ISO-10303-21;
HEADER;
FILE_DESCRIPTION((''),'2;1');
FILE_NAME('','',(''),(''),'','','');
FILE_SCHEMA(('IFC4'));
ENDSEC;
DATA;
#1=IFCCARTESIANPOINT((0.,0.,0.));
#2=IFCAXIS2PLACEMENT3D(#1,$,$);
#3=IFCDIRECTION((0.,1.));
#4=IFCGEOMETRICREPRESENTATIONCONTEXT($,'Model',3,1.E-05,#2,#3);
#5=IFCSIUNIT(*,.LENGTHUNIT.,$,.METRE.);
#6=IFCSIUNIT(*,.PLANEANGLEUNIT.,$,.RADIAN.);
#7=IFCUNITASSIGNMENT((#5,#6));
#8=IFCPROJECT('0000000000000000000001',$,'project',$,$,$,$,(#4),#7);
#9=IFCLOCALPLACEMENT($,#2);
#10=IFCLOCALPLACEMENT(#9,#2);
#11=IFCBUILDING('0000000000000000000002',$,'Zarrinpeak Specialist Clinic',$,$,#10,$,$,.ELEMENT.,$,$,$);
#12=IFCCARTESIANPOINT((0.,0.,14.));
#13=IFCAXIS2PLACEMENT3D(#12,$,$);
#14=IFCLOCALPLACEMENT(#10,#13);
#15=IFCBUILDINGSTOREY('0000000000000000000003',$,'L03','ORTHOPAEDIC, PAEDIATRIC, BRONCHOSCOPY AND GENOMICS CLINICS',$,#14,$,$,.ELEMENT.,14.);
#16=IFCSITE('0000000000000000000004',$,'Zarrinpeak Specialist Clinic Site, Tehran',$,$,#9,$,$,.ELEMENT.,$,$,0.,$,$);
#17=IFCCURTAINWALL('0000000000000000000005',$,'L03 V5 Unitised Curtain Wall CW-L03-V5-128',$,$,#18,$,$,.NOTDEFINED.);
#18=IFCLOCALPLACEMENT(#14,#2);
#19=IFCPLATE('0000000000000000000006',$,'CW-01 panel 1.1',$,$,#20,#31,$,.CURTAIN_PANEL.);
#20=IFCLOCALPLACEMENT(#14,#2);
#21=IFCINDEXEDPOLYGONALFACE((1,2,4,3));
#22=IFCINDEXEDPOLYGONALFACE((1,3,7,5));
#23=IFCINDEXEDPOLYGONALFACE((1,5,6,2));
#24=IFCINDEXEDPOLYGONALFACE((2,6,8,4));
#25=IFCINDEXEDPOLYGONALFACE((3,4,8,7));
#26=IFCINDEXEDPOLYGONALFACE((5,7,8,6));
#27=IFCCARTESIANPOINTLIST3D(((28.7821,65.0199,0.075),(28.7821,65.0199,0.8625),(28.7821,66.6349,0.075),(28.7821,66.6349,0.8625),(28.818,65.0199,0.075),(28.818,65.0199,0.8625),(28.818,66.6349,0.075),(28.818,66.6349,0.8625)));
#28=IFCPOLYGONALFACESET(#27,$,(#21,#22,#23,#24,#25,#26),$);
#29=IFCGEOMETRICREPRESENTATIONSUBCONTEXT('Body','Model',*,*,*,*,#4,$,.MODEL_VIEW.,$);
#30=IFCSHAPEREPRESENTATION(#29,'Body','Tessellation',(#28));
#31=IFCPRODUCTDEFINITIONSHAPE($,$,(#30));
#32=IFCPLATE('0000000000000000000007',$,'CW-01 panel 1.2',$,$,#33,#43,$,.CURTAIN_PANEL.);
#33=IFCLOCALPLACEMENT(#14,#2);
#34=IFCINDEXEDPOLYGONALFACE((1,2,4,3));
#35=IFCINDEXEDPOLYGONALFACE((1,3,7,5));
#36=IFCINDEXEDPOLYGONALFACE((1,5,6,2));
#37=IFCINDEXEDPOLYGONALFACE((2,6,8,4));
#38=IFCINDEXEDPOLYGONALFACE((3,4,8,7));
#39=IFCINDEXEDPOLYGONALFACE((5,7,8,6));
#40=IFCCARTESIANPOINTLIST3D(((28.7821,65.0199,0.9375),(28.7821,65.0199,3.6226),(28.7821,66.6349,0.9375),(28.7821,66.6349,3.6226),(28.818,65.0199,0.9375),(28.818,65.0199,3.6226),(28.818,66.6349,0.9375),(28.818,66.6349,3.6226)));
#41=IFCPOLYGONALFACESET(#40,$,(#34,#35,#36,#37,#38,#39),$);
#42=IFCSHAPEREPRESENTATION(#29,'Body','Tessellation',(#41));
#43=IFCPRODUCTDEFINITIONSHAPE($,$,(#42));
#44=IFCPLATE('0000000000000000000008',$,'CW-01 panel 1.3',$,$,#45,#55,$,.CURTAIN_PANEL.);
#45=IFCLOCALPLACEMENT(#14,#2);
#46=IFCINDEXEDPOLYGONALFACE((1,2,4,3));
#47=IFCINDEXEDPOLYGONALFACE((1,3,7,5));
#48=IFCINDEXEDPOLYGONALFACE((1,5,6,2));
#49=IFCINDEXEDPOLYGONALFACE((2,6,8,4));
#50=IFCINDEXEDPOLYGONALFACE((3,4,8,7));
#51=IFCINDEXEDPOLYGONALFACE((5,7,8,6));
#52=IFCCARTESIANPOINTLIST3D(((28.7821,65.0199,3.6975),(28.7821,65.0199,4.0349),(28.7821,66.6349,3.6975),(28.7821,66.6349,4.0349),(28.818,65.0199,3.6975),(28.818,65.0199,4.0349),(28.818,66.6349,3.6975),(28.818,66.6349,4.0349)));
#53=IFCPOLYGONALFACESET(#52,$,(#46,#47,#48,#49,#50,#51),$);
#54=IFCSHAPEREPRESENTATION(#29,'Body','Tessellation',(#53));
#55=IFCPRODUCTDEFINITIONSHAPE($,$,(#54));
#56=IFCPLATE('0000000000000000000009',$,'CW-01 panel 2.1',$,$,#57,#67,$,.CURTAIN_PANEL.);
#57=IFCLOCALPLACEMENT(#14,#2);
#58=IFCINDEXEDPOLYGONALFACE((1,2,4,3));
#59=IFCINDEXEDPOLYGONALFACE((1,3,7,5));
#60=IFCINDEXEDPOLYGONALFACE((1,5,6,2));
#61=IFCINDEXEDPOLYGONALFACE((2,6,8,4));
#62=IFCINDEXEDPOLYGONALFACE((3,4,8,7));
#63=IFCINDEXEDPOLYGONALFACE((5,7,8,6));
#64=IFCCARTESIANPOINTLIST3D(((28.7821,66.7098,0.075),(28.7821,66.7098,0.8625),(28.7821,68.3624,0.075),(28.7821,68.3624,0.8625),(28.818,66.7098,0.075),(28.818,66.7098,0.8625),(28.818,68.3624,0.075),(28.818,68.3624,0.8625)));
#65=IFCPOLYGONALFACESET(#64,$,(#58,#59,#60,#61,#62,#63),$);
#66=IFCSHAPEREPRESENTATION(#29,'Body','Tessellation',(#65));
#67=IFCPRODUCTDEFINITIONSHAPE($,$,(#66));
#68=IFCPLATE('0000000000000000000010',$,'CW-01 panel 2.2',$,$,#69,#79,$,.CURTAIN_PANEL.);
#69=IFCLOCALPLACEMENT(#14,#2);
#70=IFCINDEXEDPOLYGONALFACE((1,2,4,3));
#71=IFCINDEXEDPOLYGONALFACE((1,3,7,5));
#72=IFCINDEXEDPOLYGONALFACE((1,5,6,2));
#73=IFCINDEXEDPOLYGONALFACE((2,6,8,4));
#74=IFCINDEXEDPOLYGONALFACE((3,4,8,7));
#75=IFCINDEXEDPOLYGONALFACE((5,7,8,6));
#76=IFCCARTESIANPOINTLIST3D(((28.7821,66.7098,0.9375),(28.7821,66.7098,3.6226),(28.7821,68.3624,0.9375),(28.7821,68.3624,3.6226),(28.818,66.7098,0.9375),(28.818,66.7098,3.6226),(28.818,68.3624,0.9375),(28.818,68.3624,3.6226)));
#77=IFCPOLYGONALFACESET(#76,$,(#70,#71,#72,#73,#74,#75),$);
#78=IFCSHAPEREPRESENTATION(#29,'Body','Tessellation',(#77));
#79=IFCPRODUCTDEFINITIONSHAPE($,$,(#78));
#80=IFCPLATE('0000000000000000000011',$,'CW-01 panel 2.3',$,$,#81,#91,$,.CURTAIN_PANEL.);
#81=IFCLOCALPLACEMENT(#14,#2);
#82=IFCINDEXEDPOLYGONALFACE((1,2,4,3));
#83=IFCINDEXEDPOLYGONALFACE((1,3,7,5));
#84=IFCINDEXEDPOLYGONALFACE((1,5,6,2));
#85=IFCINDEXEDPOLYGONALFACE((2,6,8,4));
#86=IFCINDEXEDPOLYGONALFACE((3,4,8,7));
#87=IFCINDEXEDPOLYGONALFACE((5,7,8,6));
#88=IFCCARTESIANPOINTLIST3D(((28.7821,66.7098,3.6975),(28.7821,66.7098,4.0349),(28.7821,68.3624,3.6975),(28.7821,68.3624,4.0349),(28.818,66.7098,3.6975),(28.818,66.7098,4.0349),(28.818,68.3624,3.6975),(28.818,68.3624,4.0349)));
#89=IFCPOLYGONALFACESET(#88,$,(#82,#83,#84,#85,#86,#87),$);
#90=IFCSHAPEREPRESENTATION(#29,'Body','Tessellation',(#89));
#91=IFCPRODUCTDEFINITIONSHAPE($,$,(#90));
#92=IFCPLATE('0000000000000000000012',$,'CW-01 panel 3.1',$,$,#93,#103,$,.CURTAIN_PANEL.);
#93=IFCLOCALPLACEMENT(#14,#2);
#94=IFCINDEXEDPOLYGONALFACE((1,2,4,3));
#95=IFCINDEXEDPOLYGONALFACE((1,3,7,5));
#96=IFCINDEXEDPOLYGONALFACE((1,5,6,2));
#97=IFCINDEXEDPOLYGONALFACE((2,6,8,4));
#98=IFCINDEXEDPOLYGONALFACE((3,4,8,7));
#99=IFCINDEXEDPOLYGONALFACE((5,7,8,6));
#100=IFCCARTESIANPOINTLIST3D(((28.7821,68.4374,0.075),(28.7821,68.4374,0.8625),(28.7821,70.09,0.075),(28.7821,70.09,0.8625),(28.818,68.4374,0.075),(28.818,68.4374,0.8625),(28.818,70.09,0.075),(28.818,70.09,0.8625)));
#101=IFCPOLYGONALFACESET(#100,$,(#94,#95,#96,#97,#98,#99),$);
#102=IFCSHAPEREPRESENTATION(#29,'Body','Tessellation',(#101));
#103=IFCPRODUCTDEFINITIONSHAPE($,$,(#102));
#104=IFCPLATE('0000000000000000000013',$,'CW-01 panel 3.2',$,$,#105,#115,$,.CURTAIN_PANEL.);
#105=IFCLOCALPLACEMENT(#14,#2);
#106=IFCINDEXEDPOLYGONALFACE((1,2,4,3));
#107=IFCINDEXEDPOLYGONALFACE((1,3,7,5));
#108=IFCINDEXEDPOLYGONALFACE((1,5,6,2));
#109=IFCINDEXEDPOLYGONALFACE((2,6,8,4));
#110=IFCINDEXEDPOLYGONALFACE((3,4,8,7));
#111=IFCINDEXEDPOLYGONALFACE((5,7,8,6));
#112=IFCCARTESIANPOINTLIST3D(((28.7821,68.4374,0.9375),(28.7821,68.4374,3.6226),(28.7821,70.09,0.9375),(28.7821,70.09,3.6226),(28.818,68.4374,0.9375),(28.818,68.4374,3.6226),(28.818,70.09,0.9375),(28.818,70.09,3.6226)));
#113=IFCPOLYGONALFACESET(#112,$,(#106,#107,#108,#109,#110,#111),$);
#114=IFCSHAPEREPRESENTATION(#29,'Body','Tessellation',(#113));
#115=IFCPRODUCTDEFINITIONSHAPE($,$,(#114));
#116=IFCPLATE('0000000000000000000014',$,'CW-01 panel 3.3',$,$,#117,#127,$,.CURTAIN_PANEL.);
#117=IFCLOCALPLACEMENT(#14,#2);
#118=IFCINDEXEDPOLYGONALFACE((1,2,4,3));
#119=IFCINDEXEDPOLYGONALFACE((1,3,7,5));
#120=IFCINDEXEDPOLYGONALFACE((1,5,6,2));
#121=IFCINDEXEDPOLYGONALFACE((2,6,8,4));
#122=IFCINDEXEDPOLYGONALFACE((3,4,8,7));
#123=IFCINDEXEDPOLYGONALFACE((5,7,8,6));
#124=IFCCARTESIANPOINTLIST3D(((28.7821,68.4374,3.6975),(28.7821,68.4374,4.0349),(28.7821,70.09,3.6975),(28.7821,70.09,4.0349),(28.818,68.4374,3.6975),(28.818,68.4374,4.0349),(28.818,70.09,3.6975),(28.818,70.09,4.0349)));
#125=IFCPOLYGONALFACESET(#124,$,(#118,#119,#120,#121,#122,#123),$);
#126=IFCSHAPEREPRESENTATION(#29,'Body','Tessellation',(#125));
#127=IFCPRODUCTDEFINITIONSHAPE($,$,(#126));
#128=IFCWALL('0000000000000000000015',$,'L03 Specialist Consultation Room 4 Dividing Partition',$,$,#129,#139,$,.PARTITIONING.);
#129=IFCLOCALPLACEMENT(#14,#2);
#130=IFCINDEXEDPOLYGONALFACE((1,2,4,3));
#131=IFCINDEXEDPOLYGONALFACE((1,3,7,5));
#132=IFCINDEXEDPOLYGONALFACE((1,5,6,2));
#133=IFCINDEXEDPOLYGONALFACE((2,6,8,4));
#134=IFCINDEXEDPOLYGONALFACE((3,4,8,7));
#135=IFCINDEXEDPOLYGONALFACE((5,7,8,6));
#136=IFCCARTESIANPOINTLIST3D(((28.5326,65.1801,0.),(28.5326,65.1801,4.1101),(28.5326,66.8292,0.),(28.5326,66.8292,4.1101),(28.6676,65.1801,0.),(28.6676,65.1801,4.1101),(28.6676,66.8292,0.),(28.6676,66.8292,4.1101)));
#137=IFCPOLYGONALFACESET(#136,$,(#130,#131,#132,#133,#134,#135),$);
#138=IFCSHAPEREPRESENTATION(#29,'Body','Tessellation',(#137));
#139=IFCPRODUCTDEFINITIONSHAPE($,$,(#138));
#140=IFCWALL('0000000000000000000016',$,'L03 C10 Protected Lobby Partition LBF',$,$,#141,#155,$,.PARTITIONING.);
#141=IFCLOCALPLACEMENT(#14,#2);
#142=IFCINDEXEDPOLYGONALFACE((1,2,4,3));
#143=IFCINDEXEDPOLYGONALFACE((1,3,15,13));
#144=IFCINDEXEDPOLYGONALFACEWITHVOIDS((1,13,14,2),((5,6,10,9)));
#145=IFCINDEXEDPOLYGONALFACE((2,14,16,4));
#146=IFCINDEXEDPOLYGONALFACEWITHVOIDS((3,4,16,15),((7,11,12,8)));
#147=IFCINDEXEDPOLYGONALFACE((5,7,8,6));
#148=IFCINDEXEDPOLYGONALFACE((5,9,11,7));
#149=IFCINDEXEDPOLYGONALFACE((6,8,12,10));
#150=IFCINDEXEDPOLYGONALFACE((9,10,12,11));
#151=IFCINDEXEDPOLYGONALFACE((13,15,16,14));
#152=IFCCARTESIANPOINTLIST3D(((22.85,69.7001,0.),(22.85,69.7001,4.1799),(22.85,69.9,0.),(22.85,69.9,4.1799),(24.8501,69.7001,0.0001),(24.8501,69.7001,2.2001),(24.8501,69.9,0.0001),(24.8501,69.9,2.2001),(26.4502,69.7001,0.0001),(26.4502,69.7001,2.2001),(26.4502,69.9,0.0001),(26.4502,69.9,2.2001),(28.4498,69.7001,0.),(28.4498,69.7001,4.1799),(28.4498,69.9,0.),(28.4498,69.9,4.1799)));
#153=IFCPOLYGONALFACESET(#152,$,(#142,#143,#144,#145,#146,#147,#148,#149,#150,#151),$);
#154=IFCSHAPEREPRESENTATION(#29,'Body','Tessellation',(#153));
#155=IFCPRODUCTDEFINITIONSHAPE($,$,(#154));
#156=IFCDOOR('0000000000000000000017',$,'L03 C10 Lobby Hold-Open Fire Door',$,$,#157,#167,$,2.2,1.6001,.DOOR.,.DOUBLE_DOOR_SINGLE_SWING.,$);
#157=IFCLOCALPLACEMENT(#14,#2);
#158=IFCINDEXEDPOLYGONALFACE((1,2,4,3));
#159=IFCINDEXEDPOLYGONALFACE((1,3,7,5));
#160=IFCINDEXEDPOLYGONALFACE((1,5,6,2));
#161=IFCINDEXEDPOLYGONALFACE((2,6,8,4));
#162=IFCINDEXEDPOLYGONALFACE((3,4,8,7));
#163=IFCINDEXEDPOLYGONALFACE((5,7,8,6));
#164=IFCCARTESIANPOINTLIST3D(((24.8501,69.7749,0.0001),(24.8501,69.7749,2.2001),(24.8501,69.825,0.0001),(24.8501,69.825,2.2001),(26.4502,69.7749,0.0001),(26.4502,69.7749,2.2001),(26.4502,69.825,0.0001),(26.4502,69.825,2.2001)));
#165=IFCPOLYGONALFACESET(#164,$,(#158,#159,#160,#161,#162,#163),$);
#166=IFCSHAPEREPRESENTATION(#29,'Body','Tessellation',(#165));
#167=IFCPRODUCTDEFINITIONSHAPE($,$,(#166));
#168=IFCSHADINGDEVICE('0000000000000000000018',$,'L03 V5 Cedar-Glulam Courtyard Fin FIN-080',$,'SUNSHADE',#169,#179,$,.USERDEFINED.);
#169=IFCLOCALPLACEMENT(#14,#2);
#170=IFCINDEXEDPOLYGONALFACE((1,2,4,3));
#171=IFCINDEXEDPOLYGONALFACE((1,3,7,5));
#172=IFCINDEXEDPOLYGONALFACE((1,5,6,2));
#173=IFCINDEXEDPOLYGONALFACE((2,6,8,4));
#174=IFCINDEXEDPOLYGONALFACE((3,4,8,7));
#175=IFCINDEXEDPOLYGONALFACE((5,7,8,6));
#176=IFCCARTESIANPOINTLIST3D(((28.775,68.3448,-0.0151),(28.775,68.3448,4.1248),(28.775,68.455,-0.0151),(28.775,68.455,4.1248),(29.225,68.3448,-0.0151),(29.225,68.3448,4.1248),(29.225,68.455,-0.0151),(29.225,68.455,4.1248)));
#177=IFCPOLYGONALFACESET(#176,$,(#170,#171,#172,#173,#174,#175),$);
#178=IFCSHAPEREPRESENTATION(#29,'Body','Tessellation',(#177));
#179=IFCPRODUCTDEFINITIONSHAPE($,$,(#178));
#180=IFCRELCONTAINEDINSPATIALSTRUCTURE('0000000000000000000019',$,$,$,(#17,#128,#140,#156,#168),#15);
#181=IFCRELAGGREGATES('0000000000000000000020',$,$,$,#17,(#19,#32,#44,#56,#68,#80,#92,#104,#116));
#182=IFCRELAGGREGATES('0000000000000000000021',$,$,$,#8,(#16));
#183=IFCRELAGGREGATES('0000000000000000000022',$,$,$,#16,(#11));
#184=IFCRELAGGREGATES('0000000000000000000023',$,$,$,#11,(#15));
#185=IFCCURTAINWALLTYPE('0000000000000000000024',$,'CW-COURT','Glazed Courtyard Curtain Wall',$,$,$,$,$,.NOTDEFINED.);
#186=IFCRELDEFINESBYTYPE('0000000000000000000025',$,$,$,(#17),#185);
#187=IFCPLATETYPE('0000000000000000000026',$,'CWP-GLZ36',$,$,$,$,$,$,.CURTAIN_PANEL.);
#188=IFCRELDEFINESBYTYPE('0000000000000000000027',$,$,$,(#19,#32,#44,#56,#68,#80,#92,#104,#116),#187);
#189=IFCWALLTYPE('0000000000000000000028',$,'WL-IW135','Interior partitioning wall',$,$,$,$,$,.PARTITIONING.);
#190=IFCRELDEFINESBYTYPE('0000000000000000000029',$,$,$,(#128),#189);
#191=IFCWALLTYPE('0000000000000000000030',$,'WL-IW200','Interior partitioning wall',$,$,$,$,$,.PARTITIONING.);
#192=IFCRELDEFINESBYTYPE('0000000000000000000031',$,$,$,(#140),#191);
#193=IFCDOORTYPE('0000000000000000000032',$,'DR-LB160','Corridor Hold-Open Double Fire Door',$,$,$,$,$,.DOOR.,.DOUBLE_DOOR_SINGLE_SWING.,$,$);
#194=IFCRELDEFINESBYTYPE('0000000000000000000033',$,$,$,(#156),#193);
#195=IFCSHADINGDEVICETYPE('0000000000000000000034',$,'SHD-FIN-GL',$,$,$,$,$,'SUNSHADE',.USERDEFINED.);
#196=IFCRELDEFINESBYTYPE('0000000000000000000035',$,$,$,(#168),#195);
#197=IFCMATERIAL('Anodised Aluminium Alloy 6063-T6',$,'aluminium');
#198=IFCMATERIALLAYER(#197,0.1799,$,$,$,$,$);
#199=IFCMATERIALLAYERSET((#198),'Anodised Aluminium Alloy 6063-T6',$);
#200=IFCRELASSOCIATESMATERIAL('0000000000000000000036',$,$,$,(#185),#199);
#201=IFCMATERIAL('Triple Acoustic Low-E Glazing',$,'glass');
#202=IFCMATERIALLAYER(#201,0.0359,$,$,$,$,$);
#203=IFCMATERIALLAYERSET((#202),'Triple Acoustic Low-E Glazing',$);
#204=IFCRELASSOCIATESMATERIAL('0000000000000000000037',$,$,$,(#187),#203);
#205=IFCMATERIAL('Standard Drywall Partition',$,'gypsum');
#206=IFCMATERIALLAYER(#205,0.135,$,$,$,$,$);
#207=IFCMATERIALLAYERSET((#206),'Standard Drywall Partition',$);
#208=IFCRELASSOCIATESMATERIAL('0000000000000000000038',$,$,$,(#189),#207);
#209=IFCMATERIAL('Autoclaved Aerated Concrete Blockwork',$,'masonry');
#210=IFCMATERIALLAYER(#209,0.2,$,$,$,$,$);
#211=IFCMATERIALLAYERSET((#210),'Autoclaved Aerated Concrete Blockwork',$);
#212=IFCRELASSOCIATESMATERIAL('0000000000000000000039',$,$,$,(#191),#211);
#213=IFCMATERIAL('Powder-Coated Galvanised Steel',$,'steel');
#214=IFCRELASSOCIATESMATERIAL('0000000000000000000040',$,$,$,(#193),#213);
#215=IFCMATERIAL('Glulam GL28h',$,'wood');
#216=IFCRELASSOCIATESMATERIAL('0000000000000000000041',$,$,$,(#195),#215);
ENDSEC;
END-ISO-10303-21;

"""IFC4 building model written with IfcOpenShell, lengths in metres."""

from ifc_helpers import new_model, si_unit, direction, frame, frame_2d, origin, origin_2d, place, context, subcontext, project, spatial, rectangle, extrude, material, layer, layer_set, type_object, element, fill, aggregate, save


model = new_model("IFC4")

# Units and contexts
model_context = context("Model", 3, precision=1e-05, world=origin(), true_north=direction((0.0, 1.0)))
body_context = subcontext(model_context, "Body", "Model", "MODEL_VIEW")
ifc_project = project(units=[si_unit("LENGTHUNIT", "METRE"), si_unit("PLANEANGLEUNIT", "RADIAN")], contexts=[model_context])

# Site, building, storey
site_placement = place(None, origin())
site = spatial("IfcSite", under=ifc_project, at=site_placement, Name="Zarrinpeak Specialist Clinic Site, Tehran", CompositionType="ELEMENT", RefElevation=0.0)
building_placement = place(site_placement, origin())
building = spatial("IfcBuilding", under=site, at=building_placement, Name="Zarrinpeak Specialist Clinic", CompositionType="ELEMENT")
storey_placement = place(building_placement, frame((0.0, 0.0, 14.0)))
storey = spatial("IfcBuildingStorey", under=building, at=storey_placement, Name="L03", Description="ORTHOPAEDIC, PAEDIATRIC, BRONCHOSCOPY AND GENOMICS CLINICS", CompositionType="ELEMENT", Elevation=14.0)

# Curtain wall, plates
ifc_material_1 = material(Name="Anodised Aluminium Alloy 6063-T6", Category="aluminium")
ifc_layer_1 = layer(ifc_material_1, 0.1799)
ifc_layer_set_1 = layer_set([ifc_layer_1], Name="Anodised Aluminium Alloy 6063-T6")
curtain_wall_type = type_object("IfcCurtainWallType", Name="CW-COURT", Description="Glazed Courtyard Curtain Wall", PredefinedType="NOTDEFINED", material=ifc_layer_set_1)
curtain_wall_placement = place(storey_placement, origin())
curtain_wall = element("IfcCurtainWall", 1, at=curtain_wall_placement, inside=storey, type_object=curtain_wall_type, Name="L03 V5 Unitised Curtain Wall CW-L03-V5-128", PredefinedType="NOTDEFINED")
ifc_material_2 = material(Name="Triple Acoustic Low-E Glazing", Category="glass")
ifc_layer_2 = layer(ifc_material_2, 0.0359)
ifc_layer_set_2 = layer_set([ifc_layer_2], Name="Triple Acoustic Low-E Glazing")
plate_type = type_object("IfcPlateType", Name="CWP-GLZ36", PredefinedType="CURTAIN_PANEL", material=ifc_layer_set_2)
plate_1_placement = place(storey_placement, frame((28.8, 65.8274, 0.075), z_axis=(0.0, 0.0, 1.0), x_axis=(0.0, 1.0, 0.0)))
plate_1 = element("IfcPlate", 2, at=plate_1_placement, type_object=plate_type, Name="CW-01 panel 1.1", PredefinedType="CURTAIN_PANEL", context=body_context, shape_type="SweptSolid", body=[
    extrude(rectangle(XDim=1.615, YDim=0.0359, at=origin_2d()), origin(), (0.0, 0.0, 1.0), 0.7876),
])
plate_2_placement = place(storey_placement, frame((28.8, 65.8274, 0.9375), z_axis=(0.0, 0.0, 1.0), x_axis=(0.0, 1.0, 0.0)))
plate_2 = element("IfcPlate", 3, at=plate_2_placement, type_object=plate_type, Name="CW-01 panel 1.2", PredefinedType="CURTAIN_PANEL", context=body_context, shape_type="SweptSolid", body=[
    extrude(rectangle(XDim=1.615, YDim=0.0359, at=origin_2d()), origin(), (0.0, 0.0, 1.0), 2.6851),
])
plate_3_placement = place(storey_placement, frame((28.8, 65.8274, 3.6975), z_axis=(0.0, 0.0, 1.0), x_axis=(0.0, 1.0, 0.0)))
plate_3 = element("IfcPlate", 4, at=plate_3_placement, type_object=plate_type, Name="CW-01 panel 1.3", PredefinedType="CURTAIN_PANEL", context=body_context, shape_type="SweptSolid", body=[
    extrude(rectangle(XDim=1.615, YDim=0.0359, at=origin_2d()), origin(), (0.0, 0.0, 1.0), 0.3374),
])
plate_4_placement = place(storey_placement, frame((28.8, 67.5361, 0.075), z_axis=(0.0, 0.0, 1.0), x_axis=(0.0, 1.0, 0.0)))
plate_4 = element("IfcPlate", 5, at=plate_4_placement, type_object=plate_type, Name="CW-01 panel 2.1", PredefinedType="CURTAIN_PANEL", context=body_context, shape_type="SweptSolid", body=[
    extrude(rectangle(XDim=1.6526, YDim=0.0359, at=origin_2d()), origin(), (0.0, 0.0, 1.0), 0.7876),
])
plate_5_placement = place(storey_placement, frame((28.8, 67.5361, 0.9375), z_axis=(0.0, 0.0, 1.0), x_axis=(0.0, 1.0, 0.0)))
plate_5 = element("IfcPlate", 6, at=plate_5_placement, type_object=plate_type, Name="CW-01 panel 2.2", PredefinedType="CURTAIN_PANEL", context=body_context, shape_type="SweptSolid", body=[
    extrude(rectangle(XDim=1.6526, YDim=0.0359, at=origin_2d()), origin(), (0.0, 0.0, 1.0), 2.6851),
])
plate_6_placement = place(storey_placement, frame((28.8, 67.5361, 3.6975), z_axis=(0.0, 0.0, 1.0), x_axis=(0.0, 1.0, 0.0)))
plate_6 = element("IfcPlate", 7, at=plate_6_placement, type_object=plate_type, Name="CW-01 panel 2.3", PredefinedType="CURTAIN_PANEL", context=body_context, shape_type="SweptSolid", body=[
    extrude(rectangle(XDim=1.6526, YDim=0.0359, at=origin_2d()), origin(), (0.0, 0.0, 1.0), 0.3374),
])
plate_7_placement = place(storey_placement, frame((28.8, 69.2637, 0.075), z_axis=(0.0, 0.0, 1.0), x_axis=(0.0, 1.0, 0.0)))
plate_7 = element("IfcPlate", 8, at=plate_7_placement, type_object=plate_type, Name="CW-01 panel 3.1", PredefinedType="CURTAIN_PANEL", context=body_context, shape_type="SweptSolid", body=[
    extrude(rectangle(XDim=1.6526, YDim=0.0359, at=origin_2d()), origin(), (0.0, 0.0, 1.0), 0.7876),
])
plate_8_placement = place(storey_placement, frame((28.8, 69.2637, 0.9375), z_axis=(0.0, 0.0, 1.0), x_axis=(0.0, 1.0, 0.0)))
plate_8 = element("IfcPlate", 9, at=plate_8_placement, type_object=plate_type, Name="CW-01 panel 3.2", PredefinedType="CURTAIN_PANEL", context=body_context, shape_type="SweptSolid", body=[
    extrude(rectangle(XDim=1.6526, YDim=0.0359, at=origin_2d()), origin(), (0.0, 0.0, 1.0), 2.6851),
])
plate_9_placement = place(storey_placement, frame((28.8, 69.2637, 3.6975), z_axis=(0.0, 0.0, 1.0), x_axis=(0.0, 1.0, 0.0)))
plate_9 = element("IfcPlate", 10, at=plate_9_placement, type_object=plate_type, Name="CW-01 panel 3.3", PredefinedType="CURTAIN_PANEL", context=body_context, shape_type="SweptSolid", body=[
    extrude(rectangle(XDim=1.6526, YDim=0.0359, at=origin_2d()), origin(), (0.0, 0.0, 1.0), 0.3374),
])
aggregate(curtain_wall, [plate_1, plate_2, plate_3, plate_4, plate_5, plate_6, plate_7, plate_8, plate_9])

# Wall
ifc_material_3 = material(Name="Standard Drywall Partition", Category="gypsum")
ifc_layer_3 = layer(ifc_material_3, 0.135)
ifc_layer_set_3 = layer_set([ifc_layer_3], Name="Standard Drywall Partition")
wall_type_1 = type_object("IfcWallType", Name="WL-IW135", Description="Interior partitioning wall", PredefinedType="PARTITIONING", material=ifc_layer_set_3)
wall_1_placement = place(storey_placement, frame((28.6001, 65.1799, 0.0), z_axis=(0.0, 0.0, 1.0), x_axis=(0.0, 1.0, 0.0)))
element("IfcWall", 11, at=wall_1_placement, inside=storey, type_object=wall_type_1, Name="L03 Specialist Consultation Room 4 Dividing Partition", PredefinedType="PARTITIONING", context=body_context, shape_type="SweptSolid", body=[
    extrude(rectangle(XDim=1.6492, YDim=0.135, at=frame_2d((0.8247, 0.0))), origin(), (0.0, 0.0, 1.0), 4.1101),
])

# Wall, opening, door
ifc_material_4 = material(Name="Autoclaved Aerated Concrete Blockwork", Category="masonry")
ifc_layer_4 = layer(ifc_material_4, 0.2)
ifc_layer_set_4 = layer_set([ifc_layer_4], Name="Autoclaved Aerated Concrete Blockwork")
wall_type_2 = type_object("IfcWallType", Name="WL-IW200", Description="Interior partitioning wall", PredefinedType="PARTITIONING", material=ifc_layer_set_4)
wall_2_placement = place(storey_placement, frame((22.8501, 69.8, 0.0), z_axis=(0.0, 0.0, 1.0), x_axis=(1.0, 0.0, 0.0)))
wall_2 = element("IfcWall", 12, at=wall_2_placement, inside=storey, type_object=wall_type_2, Name="L03 C10 Protected Lobby Partition LBF", PredefinedType="PARTITIONING", context=body_context, shape_type="SweptSolid", body=[
    extrude(rectangle(XDim=5.5999, YDim=0.2, at=frame_2d((2.7998, 0.0))), origin(), (0.0, 0.0, 1.0), 4.1799),
])
opening_placement = place(wall_2_placement, frame((2.0, 0.0, 0.0)))
opening = element("IfcOpeningElement", 13, at=opening_placement, cuts=wall_2, PredefinedType="OPENING", context=body_context, shape_type="SweptSolid", body=[
    extrude(rectangle(XDim=1.6001, YDim=2.2, at=frame_2d((0.8, 1.1001))), frame((0.0, 0.1099, 0.0), z_axis=(0.0, -1.0, 0.0), x_axis=(1.0, 0.0, 0.0)), (0.0, 0.0, 1.0), 0.22),
])
ifc_material_5 = material(Name="Powder-Coated Galvanised Steel", Category="steel")
door_type = type_object("IfcDoorType", Name="DR-LB160", Description="Corridor Hold-Open Double Fire Door", OperationType="DOUBLE_DOOR_SINGLE_SWING", PredefinedType="DOOR", material=ifc_material_5)
door_placement = place(opening_placement, origin())
door = element("IfcDoor", 14, at=door_placement, inside=storey, type_object=door_type, Name="L03 C10 Lobby Hold-Open Fire Door", OperationType="DOUBLE_DOOR_SINGLE_SWING", OverallHeight=2.2, OverallWidth=1.6001, PredefinedType="DOOR", context=body_context, shape_type="SweptSolid", body=[
    extrude(rectangle(XDim=1.6001, YDim=2.2, at=frame_2d((0.8, 1.1001))), frame((0.0, 0.0249, 0.0), z_axis=(0.0, -1.0, 0.0), x_axis=(1.0, 0.0, 0.0)), (0.0, 0.0, 1.0), 0.05),
])
fill(opening, door)

# Shading device
ifc_material_6 = material(Name="Glulam GL28h", Category="wood")
shading_device_type = type_object("IfcShadingDeviceType", Name="SHD-FIN-GL", ElementType="SUNSHADE", PredefinedType="USERDEFINED", material=ifc_material_6)
shading_device_placement = place(storey_placement, frame((29.0, 68.3999, -0.0151), z_axis=(0.0, 0.0, 1.0), x_axis=(1.0, 0.0, 0.0)))
element("IfcShadingDevice", 15, at=shading_device_placement, inside=storey, type_object=shading_device_type, Name="L03 V5 Cedar-Glulam Courtyard Fin FIN-080", ObjectType="SUNSHADE", PredefinedType="USERDEFINED", context=body_context, shape_type="SweptSolid", body=[
    extrude(rectangle(XDim=0.45, YDim=0.1101, at=origin_2d()), origin(), (0.0, 0.0, 1.0), 4.1399),
])

save(model, "model.ifc")
